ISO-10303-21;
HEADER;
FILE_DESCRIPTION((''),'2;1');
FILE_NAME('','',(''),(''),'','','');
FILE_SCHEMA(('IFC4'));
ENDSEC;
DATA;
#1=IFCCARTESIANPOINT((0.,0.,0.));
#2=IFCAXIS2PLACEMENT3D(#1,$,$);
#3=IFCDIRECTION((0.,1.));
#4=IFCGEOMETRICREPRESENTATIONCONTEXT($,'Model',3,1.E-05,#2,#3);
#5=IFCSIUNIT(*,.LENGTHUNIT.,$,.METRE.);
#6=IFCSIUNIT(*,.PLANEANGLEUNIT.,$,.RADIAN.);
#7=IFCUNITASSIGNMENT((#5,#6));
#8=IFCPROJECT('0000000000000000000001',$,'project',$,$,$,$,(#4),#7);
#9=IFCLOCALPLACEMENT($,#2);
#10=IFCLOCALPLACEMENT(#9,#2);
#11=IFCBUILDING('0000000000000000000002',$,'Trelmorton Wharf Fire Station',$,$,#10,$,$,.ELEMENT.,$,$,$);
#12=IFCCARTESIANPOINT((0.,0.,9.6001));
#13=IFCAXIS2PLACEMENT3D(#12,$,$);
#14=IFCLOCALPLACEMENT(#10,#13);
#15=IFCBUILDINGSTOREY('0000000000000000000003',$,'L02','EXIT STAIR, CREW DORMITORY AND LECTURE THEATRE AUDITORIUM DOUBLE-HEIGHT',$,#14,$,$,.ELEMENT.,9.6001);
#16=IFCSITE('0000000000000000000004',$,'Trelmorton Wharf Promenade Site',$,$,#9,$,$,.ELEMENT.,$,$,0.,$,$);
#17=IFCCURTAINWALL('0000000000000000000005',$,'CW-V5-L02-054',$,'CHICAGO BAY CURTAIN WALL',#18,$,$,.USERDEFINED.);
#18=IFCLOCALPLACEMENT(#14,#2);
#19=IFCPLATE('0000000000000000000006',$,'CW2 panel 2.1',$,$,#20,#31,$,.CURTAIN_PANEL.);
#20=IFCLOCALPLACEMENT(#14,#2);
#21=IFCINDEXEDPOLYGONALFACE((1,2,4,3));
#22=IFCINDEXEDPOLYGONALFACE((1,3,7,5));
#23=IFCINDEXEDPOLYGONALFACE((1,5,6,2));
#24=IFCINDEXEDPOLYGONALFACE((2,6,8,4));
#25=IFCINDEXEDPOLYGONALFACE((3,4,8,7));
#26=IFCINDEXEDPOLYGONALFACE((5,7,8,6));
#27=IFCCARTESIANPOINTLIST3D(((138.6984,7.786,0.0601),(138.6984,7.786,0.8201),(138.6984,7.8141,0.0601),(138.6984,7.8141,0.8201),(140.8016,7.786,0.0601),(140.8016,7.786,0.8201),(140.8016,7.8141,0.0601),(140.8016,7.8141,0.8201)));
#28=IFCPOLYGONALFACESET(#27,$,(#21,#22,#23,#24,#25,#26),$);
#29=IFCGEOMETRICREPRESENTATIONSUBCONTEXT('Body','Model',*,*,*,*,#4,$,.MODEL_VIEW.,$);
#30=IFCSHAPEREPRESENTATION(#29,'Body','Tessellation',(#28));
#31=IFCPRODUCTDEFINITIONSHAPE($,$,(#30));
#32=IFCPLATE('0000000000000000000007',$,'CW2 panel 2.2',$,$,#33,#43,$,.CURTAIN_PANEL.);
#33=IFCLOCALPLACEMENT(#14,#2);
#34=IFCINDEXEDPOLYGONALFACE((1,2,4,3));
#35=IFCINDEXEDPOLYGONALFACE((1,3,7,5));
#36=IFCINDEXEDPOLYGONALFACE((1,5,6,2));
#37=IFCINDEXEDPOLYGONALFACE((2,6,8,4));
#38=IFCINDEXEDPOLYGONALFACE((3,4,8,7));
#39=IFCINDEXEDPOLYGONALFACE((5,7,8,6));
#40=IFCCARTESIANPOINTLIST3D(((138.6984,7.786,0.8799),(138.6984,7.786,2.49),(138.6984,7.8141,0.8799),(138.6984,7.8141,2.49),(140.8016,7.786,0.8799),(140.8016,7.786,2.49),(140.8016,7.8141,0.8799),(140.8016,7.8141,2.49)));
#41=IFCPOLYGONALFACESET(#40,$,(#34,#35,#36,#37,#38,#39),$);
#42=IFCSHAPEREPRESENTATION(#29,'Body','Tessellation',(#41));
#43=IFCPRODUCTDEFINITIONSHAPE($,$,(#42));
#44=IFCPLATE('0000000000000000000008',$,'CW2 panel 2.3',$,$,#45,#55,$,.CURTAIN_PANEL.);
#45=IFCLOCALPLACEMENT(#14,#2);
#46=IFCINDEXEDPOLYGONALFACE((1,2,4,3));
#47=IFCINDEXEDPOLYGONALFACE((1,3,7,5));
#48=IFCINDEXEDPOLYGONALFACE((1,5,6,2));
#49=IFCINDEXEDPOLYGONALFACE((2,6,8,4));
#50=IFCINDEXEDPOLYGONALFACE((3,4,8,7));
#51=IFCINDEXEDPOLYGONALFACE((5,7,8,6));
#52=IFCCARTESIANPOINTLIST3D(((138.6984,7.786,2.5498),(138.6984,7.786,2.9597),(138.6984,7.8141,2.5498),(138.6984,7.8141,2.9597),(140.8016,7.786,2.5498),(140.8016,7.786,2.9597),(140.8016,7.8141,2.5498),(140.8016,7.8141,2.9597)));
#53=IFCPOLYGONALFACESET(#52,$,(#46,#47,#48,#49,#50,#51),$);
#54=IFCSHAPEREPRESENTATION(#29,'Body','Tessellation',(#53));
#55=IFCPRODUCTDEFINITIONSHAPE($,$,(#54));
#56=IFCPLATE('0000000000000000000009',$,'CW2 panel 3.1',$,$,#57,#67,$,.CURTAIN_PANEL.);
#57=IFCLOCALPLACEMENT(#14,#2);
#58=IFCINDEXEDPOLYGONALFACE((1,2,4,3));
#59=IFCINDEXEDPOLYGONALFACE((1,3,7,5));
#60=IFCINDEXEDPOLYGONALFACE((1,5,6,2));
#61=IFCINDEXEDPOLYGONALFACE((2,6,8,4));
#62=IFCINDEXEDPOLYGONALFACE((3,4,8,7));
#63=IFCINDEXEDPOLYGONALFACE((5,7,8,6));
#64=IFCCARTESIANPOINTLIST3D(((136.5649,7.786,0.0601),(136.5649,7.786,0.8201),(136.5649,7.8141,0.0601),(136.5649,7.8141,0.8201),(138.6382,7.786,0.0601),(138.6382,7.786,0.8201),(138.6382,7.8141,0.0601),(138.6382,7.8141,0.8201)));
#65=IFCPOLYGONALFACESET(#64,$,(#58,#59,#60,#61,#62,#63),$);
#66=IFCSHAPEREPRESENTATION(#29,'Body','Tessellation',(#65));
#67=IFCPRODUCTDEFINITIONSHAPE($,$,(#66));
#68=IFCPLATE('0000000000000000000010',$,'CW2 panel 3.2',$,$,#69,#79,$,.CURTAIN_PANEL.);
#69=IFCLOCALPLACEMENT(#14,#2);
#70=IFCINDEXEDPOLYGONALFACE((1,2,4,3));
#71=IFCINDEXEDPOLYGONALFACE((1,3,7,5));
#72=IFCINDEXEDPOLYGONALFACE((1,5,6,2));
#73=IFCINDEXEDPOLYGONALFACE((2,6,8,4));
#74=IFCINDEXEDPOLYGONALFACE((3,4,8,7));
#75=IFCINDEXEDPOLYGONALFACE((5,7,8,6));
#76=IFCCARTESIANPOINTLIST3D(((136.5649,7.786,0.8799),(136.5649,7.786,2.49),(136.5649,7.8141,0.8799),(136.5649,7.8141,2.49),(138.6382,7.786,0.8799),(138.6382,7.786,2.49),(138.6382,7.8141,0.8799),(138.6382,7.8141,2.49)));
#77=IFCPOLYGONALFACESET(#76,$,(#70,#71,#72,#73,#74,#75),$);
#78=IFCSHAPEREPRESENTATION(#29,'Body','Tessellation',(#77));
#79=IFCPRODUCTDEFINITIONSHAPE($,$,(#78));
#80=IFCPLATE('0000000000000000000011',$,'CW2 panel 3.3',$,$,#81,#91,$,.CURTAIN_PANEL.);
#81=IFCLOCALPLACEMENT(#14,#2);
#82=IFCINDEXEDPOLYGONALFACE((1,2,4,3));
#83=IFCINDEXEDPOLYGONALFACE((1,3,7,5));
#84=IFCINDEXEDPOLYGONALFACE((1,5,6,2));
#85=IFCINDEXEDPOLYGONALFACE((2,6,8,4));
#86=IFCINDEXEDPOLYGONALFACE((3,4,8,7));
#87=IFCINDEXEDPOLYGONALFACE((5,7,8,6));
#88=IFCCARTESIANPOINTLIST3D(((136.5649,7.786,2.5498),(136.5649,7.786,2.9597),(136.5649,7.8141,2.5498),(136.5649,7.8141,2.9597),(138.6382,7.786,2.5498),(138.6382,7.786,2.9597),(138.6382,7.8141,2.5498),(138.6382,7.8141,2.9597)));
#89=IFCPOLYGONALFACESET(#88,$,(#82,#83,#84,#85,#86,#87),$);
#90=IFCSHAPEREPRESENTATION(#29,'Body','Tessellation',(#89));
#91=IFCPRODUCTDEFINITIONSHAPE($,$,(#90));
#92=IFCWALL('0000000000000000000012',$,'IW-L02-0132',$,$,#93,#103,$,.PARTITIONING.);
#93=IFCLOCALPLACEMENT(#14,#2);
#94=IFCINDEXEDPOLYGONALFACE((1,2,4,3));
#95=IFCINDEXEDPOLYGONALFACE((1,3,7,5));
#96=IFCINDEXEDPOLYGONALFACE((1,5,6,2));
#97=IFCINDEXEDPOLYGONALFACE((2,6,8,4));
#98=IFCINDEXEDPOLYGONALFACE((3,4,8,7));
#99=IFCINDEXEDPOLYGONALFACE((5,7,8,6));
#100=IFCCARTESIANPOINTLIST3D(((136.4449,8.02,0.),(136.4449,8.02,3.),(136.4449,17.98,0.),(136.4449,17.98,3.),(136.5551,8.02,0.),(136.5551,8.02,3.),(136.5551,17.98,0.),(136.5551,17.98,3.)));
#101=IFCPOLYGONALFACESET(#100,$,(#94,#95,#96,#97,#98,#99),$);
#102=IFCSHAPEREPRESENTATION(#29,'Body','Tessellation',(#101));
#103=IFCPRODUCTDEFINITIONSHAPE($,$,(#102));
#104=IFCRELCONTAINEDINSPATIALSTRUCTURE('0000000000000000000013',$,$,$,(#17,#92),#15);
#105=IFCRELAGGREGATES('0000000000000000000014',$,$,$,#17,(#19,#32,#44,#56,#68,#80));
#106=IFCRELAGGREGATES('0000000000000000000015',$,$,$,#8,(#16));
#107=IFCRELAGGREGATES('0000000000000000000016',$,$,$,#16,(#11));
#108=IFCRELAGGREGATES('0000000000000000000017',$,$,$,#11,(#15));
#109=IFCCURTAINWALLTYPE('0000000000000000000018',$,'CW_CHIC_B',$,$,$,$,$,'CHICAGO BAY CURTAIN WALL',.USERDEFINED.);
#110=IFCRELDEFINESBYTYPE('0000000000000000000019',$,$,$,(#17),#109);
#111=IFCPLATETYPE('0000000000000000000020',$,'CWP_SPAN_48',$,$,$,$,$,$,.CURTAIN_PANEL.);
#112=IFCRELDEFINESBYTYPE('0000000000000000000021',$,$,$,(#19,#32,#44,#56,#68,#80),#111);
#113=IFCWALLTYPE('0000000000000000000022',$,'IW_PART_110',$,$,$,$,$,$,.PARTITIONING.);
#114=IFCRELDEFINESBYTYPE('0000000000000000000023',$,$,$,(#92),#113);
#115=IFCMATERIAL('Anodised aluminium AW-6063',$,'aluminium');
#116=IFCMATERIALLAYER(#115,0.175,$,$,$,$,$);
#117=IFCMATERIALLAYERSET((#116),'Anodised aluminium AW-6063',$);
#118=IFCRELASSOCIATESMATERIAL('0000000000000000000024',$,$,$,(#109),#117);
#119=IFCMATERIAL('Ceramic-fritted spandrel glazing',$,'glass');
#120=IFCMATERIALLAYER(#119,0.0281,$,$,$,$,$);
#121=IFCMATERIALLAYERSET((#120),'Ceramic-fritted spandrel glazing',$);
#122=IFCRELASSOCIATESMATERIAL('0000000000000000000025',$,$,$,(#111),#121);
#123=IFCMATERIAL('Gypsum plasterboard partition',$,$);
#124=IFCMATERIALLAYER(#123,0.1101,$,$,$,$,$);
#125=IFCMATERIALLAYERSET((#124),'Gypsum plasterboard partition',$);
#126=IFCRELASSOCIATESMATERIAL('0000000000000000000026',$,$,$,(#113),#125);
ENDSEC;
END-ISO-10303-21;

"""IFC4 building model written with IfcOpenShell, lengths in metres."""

from ifc_helpers import new_model, si_unit, direction, frame, frame_2d, origin, origin_2d, place, context, subcontext, project, spatial, rectangle, extrude, material, layer, layer_set, type_object, element, aggregate, save


model = new_model("IFC4")

# Units and contexts
model_context = context("Model", 3, precision=1e-05, world=origin(), true_north=direction((0.0, 1.0)))
body_context = subcontext(model_context, "Body", "Model", "MODEL_VIEW")
ifc_project = project(units=[si_unit("LENGTHUNIT", "METRE"), si_unit("PLANEANGLEUNIT", "RADIAN")], contexts=[model_context])

# Site, building, storey
site_placement = place(None, origin())
site = spatial("IfcSite", under=ifc_project, at=site_placement, Name="Trelmorton Wharf Promenade Site", CompositionType="ELEMENT", RefElevation=0.0)
building_placement = place(site_placement, origin())
building = spatial("IfcBuilding", under=site, at=building_placement, Name="Trelmorton Wharf Fire Station", CompositionType="ELEMENT")
storey_placement = place(building_placement, frame((0.0, 0.0, 9.6001)))
storey = spatial("IfcBuildingStorey", under=building, at=storey_placement, Name="L02", Description="EXIT STAIR, CREW DORMITORY AND LECTURE THEATRE AUDITORIUM DOUBLE-HEIGHT", CompositionType="ELEMENT", Elevation=9.6001)

# Shared definitions
ifc_material_1 = material(Name="Anodised aluminium AW-6063", Category="aluminium")

# Curtain wall
ifc_layer_1 = layer(ifc_material_1, 0.175)
ifc_layer_set_1 = layer_set([ifc_layer_1], Name="Anodised aluminium AW-6063")
curtain_wall_type_1 = type_object("IfcCurtainWallType", Name="CW_CHIC_B", ElementType="CHICAGO BAY CURTAIN WALL", PredefinedType="USERDEFINED", material=ifc_layer_set_1)
curtain_wall_1_placement = place(storey_placement, origin())
curtain_wall_1 = element("IfcCurtainWall", 1, at=curtain_wall_1_placement, inside=storey, type_object=curtain_wall_type_1, Name="CW-V5-L02-054", ObjectType="CHICAGO BAY CURTAIN WALL", PredefinedType="USERDEFINED")

# Plates
ifc_material_2 = material(Name="Ceramic-fritted spandrel glazing", Category="glass")
ifc_layer_2 = layer(ifc_material_2, 0.0281)
ifc_layer_set_2 = layer_set([ifc_layer_2], Name="Ceramic-fritted spandrel glazing")
plate_type = type_object("IfcPlateType", Name="CWP_SPAN_48", PredefinedType="CURTAIN_PANEL", material=ifc_layer_set_2)
plate_1_placement = place(storey_placement, frame((139.75, 7.8, 0.0601), z_axis=(0.0, 0.0, 1.0), x_axis=(-1.0, 0.0, 0.0)))
plate_1 = element("IfcPlate", 2, at=plate_1_placement, type_object=plate_type, Name="CW2 panel 2.1", PredefinedType="CURTAIN_PANEL", context=body_context, shape_type="SweptSolid", body=[
    extrude(rectangle(XDim=2.1033, YDim=0.0281, at=origin_2d()), origin(), (0.0, 0.0, 1.0), 0.76),
])
plate_2_placement = place(storey_placement, frame((139.75, 7.8, 0.8799), z_axis=(0.0, 0.0, 1.0), x_axis=(-1.0, 0.0, 0.0)))
plate_2 = element("IfcPlate", 3, at=plate_2_placement, type_object=plate_type, Name="CW2 panel 2.2", PredefinedType="CURTAIN_PANEL", context=body_context, shape_type="SweptSolid", body=[
    extrude(rectangle(XDim=2.1033, YDim=0.0281, at=origin_2d()), origin(), (0.0, 0.0, 1.0), 1.6101),
])
plate_3_placement = place(storey_placement, frame((139.75, 7.8, 2.5498), z_axis=(0.0, 0.0, 1.0), x_axis=(-1.0, 0.0, 0.0)))
plate_3 = element("IfcPlate", 4, at=plate_3_placement, type_object=plate_type, Name="CW2 panel 2.3", PredefinedType="CURTAIN_PANEL", context=body_context, shape_type="SweptSolid", body=[
    extrude(rectangle(XDim=2.1033, YDim=0.0281, at=origin_2d()), origin(), (0.0, 0.0, 1.0), 0.4099),
])
plate_4_placement = place(storey_placement, frame((137.6016, 7.8, 0.0601), z_axis=(0.0, 0.0, 1.0), x_axis=(-1.0, 0.0, 0.0)))
plate_4 = element("IfcPlate", 5, at=plate_4_placement, type_object=plate_type, Name="CW2 panel 3.1", PredefinedType="CURTAIN_PANEL", context=body_context, shape_type="SweptSolid", body=[
    extrude(rectangle(XDim=2.0732, YDim=0.0281, at=origin_2d()), origin(), (0.0, 0.0, 1.0), 0.76),
])
plate_5_placement = place(storey_placement, frame((137.6016, 7.8, 0.8799), z_axis=(0.0, 0.0, 1.0), x_axis=(-1.0, 0.0, 0.0)))
plate_5 = element("IfcPlate", 6, at=plate_5_placement, type_object=plate_type, Name="CW2 panel 3.2", PredefinedType="CURTAIN_PANEL", context=body_context, shape_type="SweptSolid", body=[
    extrude(rectangle(XDim=2.0732, YDim=0.0281, at=origin_2d()), origin(), (0.0, 0.0, 1.0), 1.6101),
])
plate_6_placement = place(storey_placement, frame((137.6016, 7.8, 2.5498), z_axis=(0.0, 0.0, 1.0), x_axis=(-1.0, 0.0, 0.0)))
plate_6 = element("IfcPlate", 7, at=plate_6_placement, type_object=plate_type, Name="CW2 panel 3.3", PredefinedType="CURTAIN_PANEL", context=body_context, shape_type="SweptSolid", body=[
    extrude(rectangle(XDim=2.0732, YDim=0.0281, at=origin_2d()), origin(), (0.0, 0.0, 1.0), 0.4099),
])
aggregate(curtain_wall_1, [plate_1, plate_2, plate_3, plate_4, plate_5, plate_6])

# Wall
ifc_material_3 = material(Name="Gypsum plasterboard partition")
ifc_layer_3 = layer(ifc_material_3, 0.1101)
ifc_layer_set_3 = layer_set([ifc_layer_3], Name="Gypsum plasterboard partition")
wall_type = type_object("IfcWallType", Name="IW_PART_110", PredefinedType="PARTITIONING", material=ifc_layer_set_3)
wall_placement = place(storey_placement, frame((136.5, 8.02, 0.0), z_axis=(0.0, 0.0, 1.0), x_axis=(0.0, 1.0, 0.0)))
element("IfcWall", 8, at=wall_placement, inside=storey, type_object=wall_type, Name="IW-L02-0132", PredefinedType="PARTITIONING", context=body_context, shape_type="SweptSolid", body=[
    extrude(rectangle(XDim=9.96, YDim=0.1101, at=frame_2d((4.98, 0.0))), origin(), (0.0, 0.0, 1.0), 3.0),
])

save(model, "model.ifc")
